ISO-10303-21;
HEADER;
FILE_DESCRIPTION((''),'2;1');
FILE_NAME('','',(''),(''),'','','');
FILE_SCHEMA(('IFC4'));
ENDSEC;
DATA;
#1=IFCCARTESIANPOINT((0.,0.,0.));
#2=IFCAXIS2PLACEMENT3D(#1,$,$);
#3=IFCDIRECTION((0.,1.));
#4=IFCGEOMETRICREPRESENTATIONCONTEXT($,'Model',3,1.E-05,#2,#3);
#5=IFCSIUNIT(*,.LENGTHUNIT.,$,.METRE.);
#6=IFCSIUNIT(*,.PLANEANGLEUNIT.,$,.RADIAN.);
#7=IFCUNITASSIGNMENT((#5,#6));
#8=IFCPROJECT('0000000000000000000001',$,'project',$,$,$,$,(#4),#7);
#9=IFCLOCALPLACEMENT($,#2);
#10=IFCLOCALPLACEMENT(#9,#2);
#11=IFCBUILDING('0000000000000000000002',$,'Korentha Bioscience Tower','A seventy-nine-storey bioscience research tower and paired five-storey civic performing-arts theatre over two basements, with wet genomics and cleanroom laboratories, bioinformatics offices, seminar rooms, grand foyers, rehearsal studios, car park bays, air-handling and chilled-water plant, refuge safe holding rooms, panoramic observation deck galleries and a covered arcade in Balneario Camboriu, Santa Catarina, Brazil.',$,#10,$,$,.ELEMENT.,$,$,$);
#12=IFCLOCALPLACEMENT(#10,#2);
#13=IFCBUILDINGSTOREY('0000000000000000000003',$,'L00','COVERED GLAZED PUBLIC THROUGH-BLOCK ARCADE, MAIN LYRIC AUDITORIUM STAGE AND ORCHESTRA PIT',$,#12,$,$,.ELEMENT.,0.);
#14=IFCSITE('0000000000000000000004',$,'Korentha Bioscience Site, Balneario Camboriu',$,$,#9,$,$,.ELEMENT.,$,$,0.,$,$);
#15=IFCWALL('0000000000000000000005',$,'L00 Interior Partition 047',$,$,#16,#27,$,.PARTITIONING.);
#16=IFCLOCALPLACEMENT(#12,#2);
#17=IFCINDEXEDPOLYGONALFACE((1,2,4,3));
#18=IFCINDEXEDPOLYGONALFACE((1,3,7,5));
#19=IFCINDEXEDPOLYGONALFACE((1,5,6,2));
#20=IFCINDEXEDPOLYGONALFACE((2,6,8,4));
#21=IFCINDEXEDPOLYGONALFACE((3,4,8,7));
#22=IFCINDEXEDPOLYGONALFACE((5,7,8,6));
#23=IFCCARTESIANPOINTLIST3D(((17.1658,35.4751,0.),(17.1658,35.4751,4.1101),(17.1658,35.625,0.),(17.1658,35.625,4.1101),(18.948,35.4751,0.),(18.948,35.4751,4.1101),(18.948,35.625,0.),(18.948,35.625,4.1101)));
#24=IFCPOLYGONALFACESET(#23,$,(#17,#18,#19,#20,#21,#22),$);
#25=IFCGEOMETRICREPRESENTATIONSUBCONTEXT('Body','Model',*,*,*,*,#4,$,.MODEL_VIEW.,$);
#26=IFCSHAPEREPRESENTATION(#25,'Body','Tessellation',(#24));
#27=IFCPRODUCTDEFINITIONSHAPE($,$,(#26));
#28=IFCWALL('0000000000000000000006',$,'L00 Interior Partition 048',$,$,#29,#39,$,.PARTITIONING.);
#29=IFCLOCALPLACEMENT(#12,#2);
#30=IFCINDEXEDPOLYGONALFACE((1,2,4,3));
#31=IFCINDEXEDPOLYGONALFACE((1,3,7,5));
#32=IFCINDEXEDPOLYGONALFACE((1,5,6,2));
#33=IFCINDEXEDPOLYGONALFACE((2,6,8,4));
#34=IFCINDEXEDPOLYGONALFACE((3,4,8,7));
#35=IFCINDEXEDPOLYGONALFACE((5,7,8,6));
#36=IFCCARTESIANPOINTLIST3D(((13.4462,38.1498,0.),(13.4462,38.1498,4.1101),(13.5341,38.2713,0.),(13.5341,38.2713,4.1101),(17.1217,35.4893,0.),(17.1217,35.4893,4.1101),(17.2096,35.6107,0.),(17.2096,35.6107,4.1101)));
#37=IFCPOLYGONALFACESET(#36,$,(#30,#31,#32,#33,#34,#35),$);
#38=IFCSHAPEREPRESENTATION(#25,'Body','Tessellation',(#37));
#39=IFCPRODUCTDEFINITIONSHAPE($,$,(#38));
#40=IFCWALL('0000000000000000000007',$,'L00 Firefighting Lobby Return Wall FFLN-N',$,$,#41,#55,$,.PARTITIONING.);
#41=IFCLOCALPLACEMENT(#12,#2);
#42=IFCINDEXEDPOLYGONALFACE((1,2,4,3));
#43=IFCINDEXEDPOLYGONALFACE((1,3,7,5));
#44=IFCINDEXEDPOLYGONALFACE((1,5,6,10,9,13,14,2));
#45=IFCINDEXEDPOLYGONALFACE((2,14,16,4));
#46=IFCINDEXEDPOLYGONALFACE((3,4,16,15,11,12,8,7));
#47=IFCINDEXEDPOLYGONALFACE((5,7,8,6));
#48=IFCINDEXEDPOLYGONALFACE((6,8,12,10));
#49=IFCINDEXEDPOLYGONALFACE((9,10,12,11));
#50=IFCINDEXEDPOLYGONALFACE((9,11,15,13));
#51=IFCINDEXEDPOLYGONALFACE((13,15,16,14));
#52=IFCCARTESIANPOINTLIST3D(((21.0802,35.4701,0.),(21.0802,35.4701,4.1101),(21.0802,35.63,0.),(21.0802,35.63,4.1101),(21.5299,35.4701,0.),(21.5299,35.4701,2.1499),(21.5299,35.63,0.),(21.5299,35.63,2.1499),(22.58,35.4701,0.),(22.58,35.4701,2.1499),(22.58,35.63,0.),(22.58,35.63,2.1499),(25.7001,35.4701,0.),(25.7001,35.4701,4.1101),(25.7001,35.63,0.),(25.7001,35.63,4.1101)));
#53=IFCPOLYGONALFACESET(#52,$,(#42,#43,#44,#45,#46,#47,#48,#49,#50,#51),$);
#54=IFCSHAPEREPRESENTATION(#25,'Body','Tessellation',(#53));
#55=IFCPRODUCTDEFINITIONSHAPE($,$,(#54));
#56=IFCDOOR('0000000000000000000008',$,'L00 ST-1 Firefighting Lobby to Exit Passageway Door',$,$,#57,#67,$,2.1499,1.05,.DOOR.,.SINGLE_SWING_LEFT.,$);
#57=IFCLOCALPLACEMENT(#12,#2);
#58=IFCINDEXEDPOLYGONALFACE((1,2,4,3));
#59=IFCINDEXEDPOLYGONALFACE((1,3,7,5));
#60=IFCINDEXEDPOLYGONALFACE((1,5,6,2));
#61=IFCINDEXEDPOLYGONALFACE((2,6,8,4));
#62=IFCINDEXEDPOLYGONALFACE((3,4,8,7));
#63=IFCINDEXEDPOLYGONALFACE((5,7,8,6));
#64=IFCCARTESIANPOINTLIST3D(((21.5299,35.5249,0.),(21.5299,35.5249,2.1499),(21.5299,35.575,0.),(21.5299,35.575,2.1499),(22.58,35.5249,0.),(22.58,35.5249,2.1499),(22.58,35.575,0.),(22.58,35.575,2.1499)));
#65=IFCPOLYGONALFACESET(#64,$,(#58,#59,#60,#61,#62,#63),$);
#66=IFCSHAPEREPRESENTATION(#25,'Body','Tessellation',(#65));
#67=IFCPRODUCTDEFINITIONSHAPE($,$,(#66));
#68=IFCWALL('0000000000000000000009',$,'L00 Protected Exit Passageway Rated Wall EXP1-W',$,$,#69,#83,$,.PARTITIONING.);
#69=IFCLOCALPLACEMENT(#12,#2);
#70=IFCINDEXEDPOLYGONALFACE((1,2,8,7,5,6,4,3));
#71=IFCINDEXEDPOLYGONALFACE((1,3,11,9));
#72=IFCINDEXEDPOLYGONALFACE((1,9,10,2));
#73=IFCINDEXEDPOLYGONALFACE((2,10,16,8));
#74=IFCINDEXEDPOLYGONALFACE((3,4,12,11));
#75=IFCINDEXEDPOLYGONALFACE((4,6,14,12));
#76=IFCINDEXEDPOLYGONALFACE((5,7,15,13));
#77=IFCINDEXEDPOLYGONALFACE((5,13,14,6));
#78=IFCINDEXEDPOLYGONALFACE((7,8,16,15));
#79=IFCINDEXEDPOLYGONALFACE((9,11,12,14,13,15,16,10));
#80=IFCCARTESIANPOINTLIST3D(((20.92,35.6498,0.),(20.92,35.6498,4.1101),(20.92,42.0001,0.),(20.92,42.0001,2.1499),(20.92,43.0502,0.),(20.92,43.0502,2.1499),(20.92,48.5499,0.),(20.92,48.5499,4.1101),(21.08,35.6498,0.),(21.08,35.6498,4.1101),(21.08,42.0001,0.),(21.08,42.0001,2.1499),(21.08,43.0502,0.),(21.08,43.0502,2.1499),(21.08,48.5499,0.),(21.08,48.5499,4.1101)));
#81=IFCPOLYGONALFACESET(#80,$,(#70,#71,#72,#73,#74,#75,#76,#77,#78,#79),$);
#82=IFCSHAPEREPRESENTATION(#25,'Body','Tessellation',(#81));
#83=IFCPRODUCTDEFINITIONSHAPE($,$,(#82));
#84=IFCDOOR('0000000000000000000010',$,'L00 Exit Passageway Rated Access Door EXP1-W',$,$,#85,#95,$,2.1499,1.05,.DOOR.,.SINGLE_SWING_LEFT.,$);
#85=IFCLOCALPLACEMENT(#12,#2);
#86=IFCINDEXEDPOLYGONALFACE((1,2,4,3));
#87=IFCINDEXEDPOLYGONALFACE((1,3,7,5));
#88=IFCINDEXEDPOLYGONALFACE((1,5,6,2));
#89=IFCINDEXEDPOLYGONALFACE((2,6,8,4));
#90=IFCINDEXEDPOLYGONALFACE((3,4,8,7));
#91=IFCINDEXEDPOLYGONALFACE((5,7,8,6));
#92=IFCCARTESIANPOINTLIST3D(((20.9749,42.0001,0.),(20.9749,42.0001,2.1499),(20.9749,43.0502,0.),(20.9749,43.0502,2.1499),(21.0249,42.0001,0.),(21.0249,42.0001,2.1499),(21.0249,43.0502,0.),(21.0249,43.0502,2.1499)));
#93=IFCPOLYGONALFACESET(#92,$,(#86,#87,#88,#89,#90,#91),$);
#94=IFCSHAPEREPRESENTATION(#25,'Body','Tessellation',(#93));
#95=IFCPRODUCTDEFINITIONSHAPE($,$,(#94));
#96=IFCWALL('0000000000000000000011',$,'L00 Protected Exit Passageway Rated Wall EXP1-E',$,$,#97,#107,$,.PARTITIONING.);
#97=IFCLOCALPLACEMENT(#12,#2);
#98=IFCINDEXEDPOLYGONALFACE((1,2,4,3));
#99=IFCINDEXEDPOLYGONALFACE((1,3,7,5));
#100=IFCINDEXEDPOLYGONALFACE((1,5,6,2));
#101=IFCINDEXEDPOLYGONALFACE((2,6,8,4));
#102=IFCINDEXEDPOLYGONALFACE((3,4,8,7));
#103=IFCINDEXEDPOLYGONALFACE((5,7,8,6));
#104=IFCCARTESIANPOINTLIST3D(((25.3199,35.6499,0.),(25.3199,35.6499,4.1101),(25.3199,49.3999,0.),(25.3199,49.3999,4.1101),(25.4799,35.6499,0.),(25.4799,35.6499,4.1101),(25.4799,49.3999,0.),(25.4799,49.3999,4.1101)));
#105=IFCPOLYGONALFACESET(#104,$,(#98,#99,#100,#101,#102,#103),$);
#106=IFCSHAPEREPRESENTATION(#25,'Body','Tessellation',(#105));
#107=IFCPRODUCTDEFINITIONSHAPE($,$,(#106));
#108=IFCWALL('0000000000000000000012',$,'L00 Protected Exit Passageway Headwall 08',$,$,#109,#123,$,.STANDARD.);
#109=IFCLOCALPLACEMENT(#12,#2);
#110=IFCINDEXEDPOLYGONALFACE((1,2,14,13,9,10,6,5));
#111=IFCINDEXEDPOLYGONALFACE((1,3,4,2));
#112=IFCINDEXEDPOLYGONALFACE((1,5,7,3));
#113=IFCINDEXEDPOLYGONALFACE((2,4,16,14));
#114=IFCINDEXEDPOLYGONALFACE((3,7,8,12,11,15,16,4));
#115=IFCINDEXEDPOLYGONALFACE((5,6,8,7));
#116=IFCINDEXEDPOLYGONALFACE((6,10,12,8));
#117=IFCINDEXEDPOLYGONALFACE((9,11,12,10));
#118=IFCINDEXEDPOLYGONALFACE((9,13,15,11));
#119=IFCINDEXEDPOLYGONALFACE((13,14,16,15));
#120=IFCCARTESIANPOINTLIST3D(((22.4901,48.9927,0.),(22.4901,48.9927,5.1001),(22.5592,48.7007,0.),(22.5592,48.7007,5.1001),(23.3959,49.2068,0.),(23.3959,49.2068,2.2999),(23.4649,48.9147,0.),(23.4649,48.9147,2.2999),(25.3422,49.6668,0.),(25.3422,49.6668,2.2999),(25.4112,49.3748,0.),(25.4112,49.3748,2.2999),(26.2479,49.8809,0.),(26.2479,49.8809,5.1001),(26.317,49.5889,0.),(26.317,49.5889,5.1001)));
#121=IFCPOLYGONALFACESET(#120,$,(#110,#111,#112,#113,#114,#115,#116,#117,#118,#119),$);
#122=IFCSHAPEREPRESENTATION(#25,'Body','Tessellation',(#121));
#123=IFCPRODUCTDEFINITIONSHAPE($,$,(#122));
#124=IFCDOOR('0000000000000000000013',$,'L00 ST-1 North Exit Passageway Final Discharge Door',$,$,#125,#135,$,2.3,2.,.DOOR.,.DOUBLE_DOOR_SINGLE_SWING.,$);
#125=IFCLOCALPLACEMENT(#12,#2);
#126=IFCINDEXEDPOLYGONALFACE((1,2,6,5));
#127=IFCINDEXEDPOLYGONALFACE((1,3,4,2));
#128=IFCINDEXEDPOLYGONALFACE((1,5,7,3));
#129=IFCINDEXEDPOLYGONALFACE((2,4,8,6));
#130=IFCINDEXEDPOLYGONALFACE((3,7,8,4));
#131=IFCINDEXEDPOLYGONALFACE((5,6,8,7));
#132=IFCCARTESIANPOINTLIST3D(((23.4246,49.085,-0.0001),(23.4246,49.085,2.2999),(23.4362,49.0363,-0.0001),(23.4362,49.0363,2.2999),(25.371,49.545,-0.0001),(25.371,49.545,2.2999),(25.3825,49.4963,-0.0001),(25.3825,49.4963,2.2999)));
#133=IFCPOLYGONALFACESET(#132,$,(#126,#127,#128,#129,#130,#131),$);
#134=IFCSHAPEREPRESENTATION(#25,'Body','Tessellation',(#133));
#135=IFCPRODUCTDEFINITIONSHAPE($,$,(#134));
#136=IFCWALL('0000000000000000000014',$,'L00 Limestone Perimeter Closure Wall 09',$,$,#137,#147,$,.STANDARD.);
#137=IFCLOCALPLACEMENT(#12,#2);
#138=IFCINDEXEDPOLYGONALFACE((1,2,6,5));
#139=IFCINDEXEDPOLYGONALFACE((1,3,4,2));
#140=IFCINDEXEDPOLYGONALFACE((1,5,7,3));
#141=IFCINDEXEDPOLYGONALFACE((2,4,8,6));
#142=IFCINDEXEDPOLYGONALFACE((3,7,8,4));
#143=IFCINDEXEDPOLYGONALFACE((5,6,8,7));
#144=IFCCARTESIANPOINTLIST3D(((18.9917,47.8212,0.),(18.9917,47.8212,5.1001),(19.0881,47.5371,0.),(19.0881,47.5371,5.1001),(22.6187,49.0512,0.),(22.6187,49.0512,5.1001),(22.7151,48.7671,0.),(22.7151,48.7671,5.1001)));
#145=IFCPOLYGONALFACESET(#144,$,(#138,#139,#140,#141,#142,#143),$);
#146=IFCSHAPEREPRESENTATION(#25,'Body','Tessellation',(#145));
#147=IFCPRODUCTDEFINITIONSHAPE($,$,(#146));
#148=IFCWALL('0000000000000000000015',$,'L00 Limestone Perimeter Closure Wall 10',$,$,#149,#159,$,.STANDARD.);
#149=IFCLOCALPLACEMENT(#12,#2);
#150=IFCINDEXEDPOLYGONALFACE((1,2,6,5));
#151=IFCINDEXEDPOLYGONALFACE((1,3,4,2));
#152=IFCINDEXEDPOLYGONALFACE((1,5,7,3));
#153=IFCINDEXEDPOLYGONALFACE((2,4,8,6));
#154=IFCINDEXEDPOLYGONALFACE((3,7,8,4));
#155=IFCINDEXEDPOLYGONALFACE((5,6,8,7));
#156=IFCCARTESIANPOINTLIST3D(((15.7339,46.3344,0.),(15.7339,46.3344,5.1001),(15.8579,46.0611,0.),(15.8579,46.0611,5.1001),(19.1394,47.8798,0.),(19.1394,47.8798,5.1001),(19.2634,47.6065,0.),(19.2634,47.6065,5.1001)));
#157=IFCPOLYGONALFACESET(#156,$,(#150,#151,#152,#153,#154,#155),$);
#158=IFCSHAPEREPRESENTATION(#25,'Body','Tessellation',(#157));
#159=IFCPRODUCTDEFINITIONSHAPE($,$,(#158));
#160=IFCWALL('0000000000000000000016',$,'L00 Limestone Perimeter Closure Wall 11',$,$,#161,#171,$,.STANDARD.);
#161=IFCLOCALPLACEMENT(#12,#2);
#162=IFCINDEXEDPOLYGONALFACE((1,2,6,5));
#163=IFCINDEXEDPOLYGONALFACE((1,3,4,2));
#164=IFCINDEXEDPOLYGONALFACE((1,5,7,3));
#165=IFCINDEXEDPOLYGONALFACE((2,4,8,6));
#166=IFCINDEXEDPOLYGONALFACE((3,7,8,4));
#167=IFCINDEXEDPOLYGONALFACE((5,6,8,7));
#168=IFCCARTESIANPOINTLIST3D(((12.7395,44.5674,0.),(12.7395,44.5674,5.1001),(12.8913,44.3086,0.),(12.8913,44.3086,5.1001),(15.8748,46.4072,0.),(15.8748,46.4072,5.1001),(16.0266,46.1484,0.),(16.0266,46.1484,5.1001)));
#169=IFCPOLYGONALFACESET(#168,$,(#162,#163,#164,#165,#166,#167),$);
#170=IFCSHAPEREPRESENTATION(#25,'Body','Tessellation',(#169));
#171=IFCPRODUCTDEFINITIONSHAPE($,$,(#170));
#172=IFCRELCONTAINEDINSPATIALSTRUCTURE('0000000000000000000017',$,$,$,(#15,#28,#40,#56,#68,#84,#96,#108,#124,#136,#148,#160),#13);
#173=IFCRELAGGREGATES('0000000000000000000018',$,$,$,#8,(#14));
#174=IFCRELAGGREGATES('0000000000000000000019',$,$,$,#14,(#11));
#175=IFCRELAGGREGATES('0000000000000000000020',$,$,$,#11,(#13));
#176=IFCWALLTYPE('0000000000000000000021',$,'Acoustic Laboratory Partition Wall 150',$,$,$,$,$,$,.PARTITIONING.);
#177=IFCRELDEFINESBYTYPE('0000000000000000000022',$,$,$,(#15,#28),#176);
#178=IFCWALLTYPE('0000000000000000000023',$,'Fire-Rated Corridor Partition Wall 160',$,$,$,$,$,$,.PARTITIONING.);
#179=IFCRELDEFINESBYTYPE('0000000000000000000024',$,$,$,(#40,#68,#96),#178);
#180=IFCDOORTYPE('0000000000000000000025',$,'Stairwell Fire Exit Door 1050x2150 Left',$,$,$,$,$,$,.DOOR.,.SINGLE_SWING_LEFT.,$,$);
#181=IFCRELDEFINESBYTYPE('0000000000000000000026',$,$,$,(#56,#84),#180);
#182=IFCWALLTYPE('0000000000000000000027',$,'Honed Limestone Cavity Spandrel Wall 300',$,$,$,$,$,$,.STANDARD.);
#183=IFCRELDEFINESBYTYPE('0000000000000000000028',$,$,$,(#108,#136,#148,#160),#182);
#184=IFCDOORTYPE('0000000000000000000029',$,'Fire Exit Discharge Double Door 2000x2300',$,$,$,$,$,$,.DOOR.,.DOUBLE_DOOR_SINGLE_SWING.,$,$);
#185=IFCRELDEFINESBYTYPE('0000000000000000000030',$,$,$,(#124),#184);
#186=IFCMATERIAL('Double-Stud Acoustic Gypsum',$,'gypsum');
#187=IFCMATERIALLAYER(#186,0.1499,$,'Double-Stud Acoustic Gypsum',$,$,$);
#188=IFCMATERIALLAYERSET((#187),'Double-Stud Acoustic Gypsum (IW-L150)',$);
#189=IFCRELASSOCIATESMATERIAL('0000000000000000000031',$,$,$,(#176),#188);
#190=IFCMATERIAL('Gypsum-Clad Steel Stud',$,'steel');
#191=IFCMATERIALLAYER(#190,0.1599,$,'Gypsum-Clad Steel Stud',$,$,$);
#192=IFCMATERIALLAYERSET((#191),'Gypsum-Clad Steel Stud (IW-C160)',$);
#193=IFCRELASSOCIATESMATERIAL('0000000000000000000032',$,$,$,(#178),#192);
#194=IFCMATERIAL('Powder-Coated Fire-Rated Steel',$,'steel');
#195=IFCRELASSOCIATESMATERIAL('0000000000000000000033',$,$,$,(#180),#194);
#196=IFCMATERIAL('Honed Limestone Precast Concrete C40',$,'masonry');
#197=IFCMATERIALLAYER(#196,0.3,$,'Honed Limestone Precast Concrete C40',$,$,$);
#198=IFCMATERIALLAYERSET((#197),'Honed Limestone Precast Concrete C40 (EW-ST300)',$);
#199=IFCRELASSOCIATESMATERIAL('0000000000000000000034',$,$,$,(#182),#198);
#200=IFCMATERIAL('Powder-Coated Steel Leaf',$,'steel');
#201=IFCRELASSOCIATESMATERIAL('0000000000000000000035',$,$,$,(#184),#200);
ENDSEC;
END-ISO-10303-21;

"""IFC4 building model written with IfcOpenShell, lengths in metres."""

from ifc_helpers import new_model, si_unit, direction, frame, frame_2d, origin, place, context, subcontext, project, spatial, rectangle, extrude, material, layer, layer_set, type_object, element, fill, save


model = new_model("IFC4")

# Units and contexts
model_context = context("Model", 3, precision=1e-05, world=origin(), true_north=direction((0.0, 1.0)))
body_context = subcontext(model_context, "Body", "Model", "MODEL_VIEW")
ifc_project = project(units=[si_unit("LENGTHUNIT", "METRE"), si_unit("PLANEANGLEUNIT", "RADIAN")], contexts=[model_context])

# Site, building, storey
site_placement = place(None, origin())
site = spatial("IfcSite", under=ifc_project, at=site_placement, Name="Korentha Bioscience Site, Balneario Camboriu", CompositionType="ELEMENT", RefElevation=0.0)
building_placement = place(site_placement, origin())
building = spatial("IfcBuilding", under=site, at=building_placement, Name="Korentha Bioscience Tower", Description="A seventy-nine-storey bioscience research tower and paired five-storey civic performing-arts theatre over two basements, with wet genomics and cleanroom laboratories, bioinformatics offices, seminar rooms, grand foyers, rehearsal studios, car park bays, air-handling and chilled-water plant, refuge safe holding rooms, panoramic observation deck galleries and a covered arcade in Balneario Camboriu, Santa Catarina, Brazil.", CompositionType="ELEMENT")
storey_placement = place(building_placement, origin())
storey = spatial("IfcBuildingStorey", under=building, at=storey_placement, Name="L00", Description="COVERED GLAZED PUBLIC THROUGH-BLOCK ARCADE, MAIN LYRIC AUDITORIUM STAGE AND ORCHESTRA PIT", CompositionType="ELEMENT", Elevation=0.0)

# Shared definitions
ifc_material_1 = material(Name="Double-Stud Acoustic Gypsum", Category="gypsum")
ifc_layer_1 = layer(ifc_material_1, 0.1499, Name="Double-Stud Acoustic Gypsum")
ifc_layer_set_1 = layer_set([ifc_layer_1], Name="Double-Stud Acoustic Gypsum (IW-L150)")
wall_type_1 = type_object("IfcWallType", Name="Acoustic Laboratory Partition Wall 150", PredefinedType="PARTITIONING", material=ifc_layer_set_1)

# Walls
wall_1_placement = place(storey_placement, frame((18.948, 35.55, 0.0), z_axis=(0.0, 0.0, 1.0), x_axis=(-1.0, 0.0, 0.0)))
element("IfcWall", 1, at=wall_1_placement, inside=storey, type_object=wall_type_1, Name="L00 Interior Partition 047", PredefinedType="PARTITIONING", context=body_context, shape_type="SweptSolid", body=[
    extrude(rectangle(XDim=1.7822, YDim=0.1499, at=frame_2d((0.8911, 0.0))), origin(), (0.0, 0.0, 1.0), 4.1101),
])
wall_2_placement = place(storey_placement, frame((17.1655, 35.55, 0.0), z_axis=(0.0, 0.0, 1.0), x_axis=(-0.810042, 0.586372, 0.0)))
element("IfcWall", 2, at=wall_2_placement, inside=storey, type_object=wall_type_1, Name="L00 Interior Partition 048", PredefinedType="PARTITIONING", context=body_context, shape_type="SweptSolid", body=[
    extrude(rectangle(XDim=4.5374, YDim=0.1499, at=frame_2d((2.2686, 0.0))), origin(), (0.0, 0.0, 1.0), 4.1101),
])

# Walls, openings, doors
ifc_material_2 = material(Name="Gypsum-Clad Steel Stud", Category="steel")
ifc_layer_2 = layer(ifc_material_2, 0.1599, Name="Gypsum-Clad Steel Stud")
ifc_layer_set_2 = layer_set([ifc_layer_2], Name="Gypsum-Clad Steel Stud (IW-C160)")
wall_type_2 = type_object("IfcWallType", Name="Fire-Rated Corridor Partition Wall 160", PredefinedType="PARTITIONING", material=ifc_layer_set_2)
wall_3_placement = place(storey_placement, frame((21.0801, 35.55, 0.0), z_axis=(0.0, 0.0, 1.0), x_axis=(1.0, 0.0, 0.0)))
wall_3 = element("IfcWall", 3, at=wall_3_placement, inside=storey, type_object=wall_type_2, Name="L00 Firefighting Lobby Return Wall FFLN-N", PredefinedType="PARTITIONING", context=body_context, shape_type="SweptSolid", body=[
    extrude(rectangle(XDim=4.6199, YDim=0.1599, at=frame_2d((2.3101, 0.0))), origin(), (0.0, 0.0, 1.0), 4.1101),
])
opening_1_placement = place(wall_3_placement, frame((0.45, 0.0, 0.0)))
opening_1 = element("IfcOpeningElement", 4, at=opening_1_placement, cuts=wall_3, PredefinedType="OPENING", context=body_context, shape_type="SweptSolid", body=[
    extrude(rectangle(XDim=1.05, YDim=2.1499, at=frame_2d((0.5249, 1.075))), frame((0.0, 0.0947, 0.0), z_axis=(0.0, -1.0, 0.0), x_axis=(1.0, 0.0, 0.0)), (0.0, 0.0, 1.0), 0.1897),
])
ifc_material_3 = material(Name="Powder-Coated Fire-Rated Steel", Category="steel")
door_type_1 = type_object("IfcDoorType", Name="Stairwell Fire Exit Door 1050x2150 Left", OperationType="SINGLE_SWING_LEFT", PredefinedType="DOOR", material=ifc_material_3)
door_1_placement = place(opening_1_placement, origin())
door_1 = element("IfcDoor", 5, at=door_1_placement, inside=storey, type_object=door_type_1, Name="L00 ST-1 Firefighting Lobby to Exit Passageway Door", OperationType="SINGLE_SWING_LEFT", OverallHeight=2.1499, OverallWidth=1.05, PredefinedType="DOOR", context=body_context, shape_type="SweptSolid", body=[
    extrude(rectangle(XDim=1.05, YDim=2.1499, at=frame_2d((0.5249, 1.075))), frame((0.0, 0.0249, 0.0), z_axis=(0.0, -1.0, 0.0), x_axis=(1.0, 0.0, 0.0)), (0.0, 0.0, 1.0), 0.05),
])
fill(opening_1, door_1)
wall_4_placement = place(storey_placement, frame((21.0, 48.55, 0.0), z_axis=(0.0, 0.0, 1.0), x_axis=(0.0, -1.0, 0.0)))
wall_4 = element("IfcWall", 6, at=wall_4_placement, inside=storey, type_object=wall_type_2, Name="L00 Protected Exit Passageway Rated Wall EXP1-W", PredefinedType="PARTITIONING", context=body_context, shape_type="SweptSolid", body=[
    extrude(rectangle(XDim=12.9001, YDim=0.1599, at=frame_2d((6.4502, 0.0))), origin(), (0.0, 0.0, 1.0), 4.1101),
])
opening_2_placement = place(wall_4_placement, frame((5.5, 0.0, 0.0)))
opening_2 = element("IfcOpeningElement", 7, at=opening_2_placement, cuts=wall_4, PredefinedType="OPENING", context=body_context, shape_type="SweptSolid", body=[
    extrude(rectangle(XDim=1.05, YDim=2.1499, at=frame_2d((0.5249, 1.075))), frame((0.0, 0.0947, 0.0), z_axis=(0.0, -1.0, 0.0), x_axis=(1.0, 0.0, 0.0)), (0.0, 0.0, 1.0), 0.1897),
])
door_2_placement = place(opening_2_placement, origin())
door_2 = element("IfcDoor", 8, at=door_2_placement, inside=storey, type_object=door_type_1, Name="L00 Exit Passageway Rated Access Door EXP1-W", OperationType="SINGLE_SWING_LEFT", OverallHeight=2.1499, OverallWidth=1.05, PredefinedType="DOOR", context=body_context, shape_type="SweptSolid", body=[
    extrude(rectangle(XDim=1.05, YDim=2.1499, at=frame_2d((0.5249, 1.075))), frame((0.0, 0.0249, 0.0), z_axis=(0.0, -1.0, 0.0), x_axis=(1.0, 0.0, 0.0)), (0.0, 0.0, 1.0), 0.05),
])
fill(opening_2, door_2)

# Wall
wall_5_placement = place(storey_placement, frame((25.3999, 35.6499, 0.0), z_axis=(0.0, 0.0, 1.0), x_axis=(0.0, 1.0, 0.0)))
element("IfcWall", 9, at=wall_5_placement, inside=storey, type_object=wall_type_2, Name="L00 Protected Exit Passageway Rated Wall EXP1-E", PredefinedType="PARTITIONING", context=body_context, shape_type="SweptSolid", body=[
    extrude(rectangle(XDim=13.75, YDim=0.1599, at=frame_2d((6.875, 0.0))), origin(), (0.0, 0.0, 1.0), 4.1101),
])

# Wall, opening, door
ifc_material_4 = material(Name="Honed Limestone Precast Concrete C40", Category="masonry")
ifc_layer_3 = layer(ifc_material_4, 0.3, Name="Honed Limestone Precast Concrete C40")
ifc_layer_set_3 = layer_set([ifc_layer_3], Name="Honed Limestone Precast Concrete C40 (EW-ST300)")
wall_type_3 = type_object("IfcWallType", Name="Honed Limestone Cavity Spandrel Wall 300", PredefinedType="STANDARD", material=ifc_layer_set_3)
wall_6_placement = place(storey_placement, frame((22.5247, 48.8467, 0.0), z_axis=(0.0, 0.0, 1.0), x_axis=(0.973186, 0.230019, 0.0)))
wall_6 = element("IfcWall", 10, at=wall_6_placement, inside=storey, type_object=wall_type_3, Name="L00 Protected Exit Passageway Headwall 08", PredefinedType="STANDARD", context=body_context, shape_type="SweptSolid", body=[
    extrude(rectangle(XDim=3.8613, YDim=0.3, at=frame_2d((1.9307, 0.0))), origin(), (0.0, 0.0, 1.0), 5.1001),
])
opening_3_placement = place(wall_6_placement, frame((0.9307, 0.0, 0.0)))
opening_3 = element("IfcOpeningElement", 11, at=opening_3_placement, cuts=wall_6, PredefinedType="OPENING", context=body_context, shape_type="SweptSolid", body=[
    extrude(rectangle(XDim=2.0, YDim=2.3, at=frame_2d((1.0, 1.1499))), frame((0.0, 0.165, 0.0), z_axis=(0.0, -1.0, 0.0), x_axis=(1.0, 0.0, 0.0)), (0.0, 0.0, 1.0), 0.3298),
])
ifc_material_5 = material(Name="Powder-Coated Steel Leaf", Category="steel")
door_type_2 = type_object("IfcDoorType", Name="Fire Exit Discharge Double Door 2000x2300", OperationType="DOUBLE_DOOR_SINGLE_SWING", PredefinedType="DOOR", material=ifc_material_5)
door_3_placement = place(opening_3_placement, origin())
door_3 = element("IfcDoor", 12, at=door_3_placement, inside=storey, type_object=door_type_2, Name="L00 ST-1 North Exit Passageway Final Discharge Door", OperationType="DOUBLE_DOOR_SINGLE_SWING", OverallHeight=2.3, OverallWidth=2.0, PredefinedType="DOOR", context=body_context, shape_type="SweptSolid", body=[
    extrude(rectangle(XDim=2.0, YDim=2.3, at=frame_2d((1.0, 1.1499))), frame((0.0, 0.0249, 0.0), z_axis=(0.0, -1.0, 0.0), x_axis=(1.0, 0.0, 0.0)), (0.0, 0.0, 1.0), 0.05),
])
fill(opening_3, door_3)

# Walls
wall_7_placement = place(storey_placement, frame((22.667, 48.9092, 0.0), z_axis=(0.0, 0.0, 1.0), x_axis=(-0.947026, -0.321158, 0.0)))
element("IfcWall", 13, at=wall_7_placement, inside=storey, type_object=wall_type_3, Name="L00 Limestone Perimeter Closure Wall 09", PredefinedType="STANDARD", context=body_context, shape_type="SweptSolid", body=[
    extrude(rectangle(XDim=3.8298, YDim=0.3, at=frame_2d((1.915, 0.0))), origin(), (0.0, 0.0, 1.0), 5.1001),
])
wall_8_placement = place(storey_placement, frame((19.2014, 47.7432, 0.0), z_axis=(0.0, 0.0, 1.0), x_axis=(-0.910623, -0.413237, 0.0)))
element("IfcWall", 14, at=wall_8_placement, inside=storey, type_object=wall_type_3, Name="L00 Limestone Perimeter Closure Wall 10", PredefinedType="STANDARD", context=body_context, shape_type="SweptSolid", body=[
    extrude(rectangle(XDim=3.7397, YDim=0.3, at=frame_2d((1.8699, 0.0))), origin(), (0.0, 0.0, 1.0), 5.1001),
])
wall_9_placement = place(storey_placement, frame((15.9507, 46.2778, 0.0), z_axis=(0.0, 0.0, 1.0), x_axis=(-0.862465, -0.506116, 0.0)))
element("IfcWall", 15, at=wall_9_placement, inside=storey, type_object=wall_type_3, Name="L00 Limestone Perimeter Closure Wall 11", PredefinedType="STANDARD", context=body_context, shape_type="SweptSolid", body=[
    extrude(rectangle(XDim=3.6353, YDim=0.3, at=frame_2d((1.8176, 0.0))), origin(), (0.0, 0.0, 1.0), 5.1001),
])

save(model, "model.ifc")
